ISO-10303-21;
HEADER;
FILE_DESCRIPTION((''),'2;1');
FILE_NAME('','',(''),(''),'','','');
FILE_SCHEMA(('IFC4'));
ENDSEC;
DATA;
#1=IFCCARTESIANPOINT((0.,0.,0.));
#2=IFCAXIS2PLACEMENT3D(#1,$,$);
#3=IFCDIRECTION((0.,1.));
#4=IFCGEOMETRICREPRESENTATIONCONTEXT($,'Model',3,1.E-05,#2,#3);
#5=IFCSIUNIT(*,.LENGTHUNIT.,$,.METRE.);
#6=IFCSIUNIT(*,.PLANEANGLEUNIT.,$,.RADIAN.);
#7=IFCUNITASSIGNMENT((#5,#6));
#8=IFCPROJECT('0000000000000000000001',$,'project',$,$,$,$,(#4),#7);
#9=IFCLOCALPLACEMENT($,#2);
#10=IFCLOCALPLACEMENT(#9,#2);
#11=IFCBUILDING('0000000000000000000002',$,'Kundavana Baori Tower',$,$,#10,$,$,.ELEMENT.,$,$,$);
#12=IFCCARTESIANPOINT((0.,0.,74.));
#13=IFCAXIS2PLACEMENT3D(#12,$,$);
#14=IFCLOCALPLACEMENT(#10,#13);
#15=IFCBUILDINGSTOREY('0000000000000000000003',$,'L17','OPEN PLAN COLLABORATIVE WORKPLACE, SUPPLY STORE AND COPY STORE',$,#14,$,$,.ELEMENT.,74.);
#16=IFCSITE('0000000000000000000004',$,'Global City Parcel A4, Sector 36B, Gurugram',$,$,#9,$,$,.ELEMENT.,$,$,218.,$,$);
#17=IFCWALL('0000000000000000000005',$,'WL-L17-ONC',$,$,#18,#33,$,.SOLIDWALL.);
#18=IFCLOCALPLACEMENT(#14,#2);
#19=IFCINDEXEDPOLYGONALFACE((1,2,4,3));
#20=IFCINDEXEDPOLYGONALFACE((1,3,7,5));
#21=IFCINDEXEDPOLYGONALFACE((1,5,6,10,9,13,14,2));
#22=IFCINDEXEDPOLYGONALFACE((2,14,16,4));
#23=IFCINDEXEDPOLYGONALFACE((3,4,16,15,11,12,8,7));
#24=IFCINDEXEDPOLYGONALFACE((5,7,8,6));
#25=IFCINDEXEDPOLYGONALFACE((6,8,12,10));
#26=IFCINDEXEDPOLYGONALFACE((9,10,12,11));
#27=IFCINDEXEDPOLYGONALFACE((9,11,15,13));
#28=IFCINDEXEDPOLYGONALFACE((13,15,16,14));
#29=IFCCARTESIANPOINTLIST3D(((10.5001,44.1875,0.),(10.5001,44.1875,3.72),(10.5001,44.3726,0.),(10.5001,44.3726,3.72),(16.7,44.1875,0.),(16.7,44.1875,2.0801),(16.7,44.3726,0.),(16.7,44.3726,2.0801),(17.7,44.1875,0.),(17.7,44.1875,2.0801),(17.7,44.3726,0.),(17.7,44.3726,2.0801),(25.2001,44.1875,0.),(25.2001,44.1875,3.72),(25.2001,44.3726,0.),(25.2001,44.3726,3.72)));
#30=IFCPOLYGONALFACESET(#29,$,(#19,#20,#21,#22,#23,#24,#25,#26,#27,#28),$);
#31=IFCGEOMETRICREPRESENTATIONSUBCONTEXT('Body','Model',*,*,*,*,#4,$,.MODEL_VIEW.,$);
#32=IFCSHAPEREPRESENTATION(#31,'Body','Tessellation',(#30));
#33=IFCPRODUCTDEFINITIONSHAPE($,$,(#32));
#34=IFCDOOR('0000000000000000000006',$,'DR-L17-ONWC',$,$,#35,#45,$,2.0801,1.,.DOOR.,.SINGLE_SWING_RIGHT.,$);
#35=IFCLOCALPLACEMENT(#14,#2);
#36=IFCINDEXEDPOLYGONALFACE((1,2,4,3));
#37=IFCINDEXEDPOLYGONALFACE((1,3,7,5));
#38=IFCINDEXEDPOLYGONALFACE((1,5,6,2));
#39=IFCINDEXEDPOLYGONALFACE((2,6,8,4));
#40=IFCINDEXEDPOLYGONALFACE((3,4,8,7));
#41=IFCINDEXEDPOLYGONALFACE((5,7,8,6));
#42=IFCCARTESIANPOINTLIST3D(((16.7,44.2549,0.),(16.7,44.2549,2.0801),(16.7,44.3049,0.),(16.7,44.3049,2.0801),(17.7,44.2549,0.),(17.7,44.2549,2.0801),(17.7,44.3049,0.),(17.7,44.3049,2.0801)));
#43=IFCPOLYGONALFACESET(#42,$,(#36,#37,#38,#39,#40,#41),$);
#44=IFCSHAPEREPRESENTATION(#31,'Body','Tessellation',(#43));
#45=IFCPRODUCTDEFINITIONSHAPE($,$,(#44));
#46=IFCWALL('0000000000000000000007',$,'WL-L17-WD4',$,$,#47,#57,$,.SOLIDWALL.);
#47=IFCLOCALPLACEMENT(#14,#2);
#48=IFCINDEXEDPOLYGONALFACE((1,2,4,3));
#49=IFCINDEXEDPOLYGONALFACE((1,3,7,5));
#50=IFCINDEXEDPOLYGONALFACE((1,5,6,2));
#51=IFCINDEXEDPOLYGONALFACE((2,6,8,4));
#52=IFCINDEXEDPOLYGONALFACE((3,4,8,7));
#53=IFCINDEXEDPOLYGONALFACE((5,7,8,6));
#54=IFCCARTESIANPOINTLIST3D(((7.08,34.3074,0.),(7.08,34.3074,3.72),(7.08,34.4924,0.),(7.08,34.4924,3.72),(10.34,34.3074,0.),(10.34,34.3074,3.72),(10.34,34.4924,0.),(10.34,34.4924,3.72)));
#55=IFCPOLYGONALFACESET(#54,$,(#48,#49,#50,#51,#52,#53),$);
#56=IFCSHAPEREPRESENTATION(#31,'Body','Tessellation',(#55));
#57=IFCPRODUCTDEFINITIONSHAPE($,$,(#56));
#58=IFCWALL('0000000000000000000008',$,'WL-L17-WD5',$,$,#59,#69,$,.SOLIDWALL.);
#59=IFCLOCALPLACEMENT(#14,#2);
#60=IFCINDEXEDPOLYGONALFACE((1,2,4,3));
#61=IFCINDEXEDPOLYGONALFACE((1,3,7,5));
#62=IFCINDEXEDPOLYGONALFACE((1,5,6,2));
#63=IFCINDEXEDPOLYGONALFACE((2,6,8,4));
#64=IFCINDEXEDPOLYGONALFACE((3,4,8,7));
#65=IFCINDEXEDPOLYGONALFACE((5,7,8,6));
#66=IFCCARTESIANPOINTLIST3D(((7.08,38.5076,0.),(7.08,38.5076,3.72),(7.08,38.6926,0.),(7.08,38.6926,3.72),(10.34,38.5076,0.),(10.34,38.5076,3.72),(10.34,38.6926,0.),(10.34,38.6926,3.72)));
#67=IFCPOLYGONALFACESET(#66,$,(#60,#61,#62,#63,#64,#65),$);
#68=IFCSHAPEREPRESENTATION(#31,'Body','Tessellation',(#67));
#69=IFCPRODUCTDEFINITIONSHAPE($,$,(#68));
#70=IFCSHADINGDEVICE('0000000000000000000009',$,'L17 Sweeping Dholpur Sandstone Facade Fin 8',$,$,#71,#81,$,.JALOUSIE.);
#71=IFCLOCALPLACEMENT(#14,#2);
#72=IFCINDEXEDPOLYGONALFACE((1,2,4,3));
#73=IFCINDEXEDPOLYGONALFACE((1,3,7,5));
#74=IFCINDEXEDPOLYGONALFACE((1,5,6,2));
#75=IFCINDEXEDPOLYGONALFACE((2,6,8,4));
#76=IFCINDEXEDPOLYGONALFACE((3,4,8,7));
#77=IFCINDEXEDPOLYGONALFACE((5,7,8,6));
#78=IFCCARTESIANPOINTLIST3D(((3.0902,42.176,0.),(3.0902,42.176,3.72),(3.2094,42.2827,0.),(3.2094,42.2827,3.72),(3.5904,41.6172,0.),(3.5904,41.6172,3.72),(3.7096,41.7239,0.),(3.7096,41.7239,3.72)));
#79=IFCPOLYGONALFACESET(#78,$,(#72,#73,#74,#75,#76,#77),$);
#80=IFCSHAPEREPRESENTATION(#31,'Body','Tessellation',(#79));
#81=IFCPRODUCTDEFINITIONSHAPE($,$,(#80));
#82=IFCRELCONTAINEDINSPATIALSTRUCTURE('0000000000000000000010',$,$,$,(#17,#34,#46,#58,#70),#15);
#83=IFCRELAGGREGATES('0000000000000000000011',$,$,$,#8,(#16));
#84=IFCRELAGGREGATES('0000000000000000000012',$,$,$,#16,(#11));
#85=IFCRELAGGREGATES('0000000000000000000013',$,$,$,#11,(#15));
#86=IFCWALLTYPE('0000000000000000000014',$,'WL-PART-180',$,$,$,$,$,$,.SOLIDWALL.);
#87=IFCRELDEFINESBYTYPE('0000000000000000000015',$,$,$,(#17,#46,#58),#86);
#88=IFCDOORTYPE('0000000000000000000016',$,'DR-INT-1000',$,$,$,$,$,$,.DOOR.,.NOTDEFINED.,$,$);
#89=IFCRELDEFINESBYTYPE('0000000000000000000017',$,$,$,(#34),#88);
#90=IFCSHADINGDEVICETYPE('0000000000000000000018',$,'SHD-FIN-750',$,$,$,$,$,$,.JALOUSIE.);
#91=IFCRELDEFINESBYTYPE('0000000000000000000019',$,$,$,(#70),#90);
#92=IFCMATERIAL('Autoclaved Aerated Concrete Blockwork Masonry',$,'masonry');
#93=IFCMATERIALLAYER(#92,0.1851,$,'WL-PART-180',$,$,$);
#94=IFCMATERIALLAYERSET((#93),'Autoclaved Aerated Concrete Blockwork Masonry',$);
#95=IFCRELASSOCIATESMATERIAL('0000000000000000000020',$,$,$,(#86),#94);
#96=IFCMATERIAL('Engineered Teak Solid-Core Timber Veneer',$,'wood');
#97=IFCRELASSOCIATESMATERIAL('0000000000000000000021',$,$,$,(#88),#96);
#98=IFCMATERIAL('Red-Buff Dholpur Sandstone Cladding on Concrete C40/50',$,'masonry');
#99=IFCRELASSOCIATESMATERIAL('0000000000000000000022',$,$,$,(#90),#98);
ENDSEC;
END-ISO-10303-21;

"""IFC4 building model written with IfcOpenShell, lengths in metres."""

from ifc_helpers import new_model, si_unit, direction, frame, frame_2d, origin, origin_2d, place, context, subcontext, project, spatial, rectangle, extrude, material, layer, layer_set, type_object, element, fill, save


model = new_model("IFC4")

# Units and contexts
model_context = context("Model", 3, precision=1e-05, world=origin(), true_north=direction((0.0, 1.0)))
body_context = subcontext(model_context, "Body", "Model", "MODEL_VIEW")
ifc_project = project(units=[si_unit("LENGTHUNIT", "METRE"), si_unit("PLANEANGLEUNIT", "RADIAN")], contexts=[model_context])

# Site, building, storey
site_placement = place(None, origin())
site = spatial("IfcSite", under=ifc_project, at=site_placement, Name="Global City Parcel A4, Sector 36B, Gurugram", CompositionType="ELEMENT", RefElevation=218.0)
building_placement = place(site_placement, origin())
building = spatial("IfcBuilding", under=site, at=building_placement, Name="Kundavana Baori Tower", CompositionType="ELEMENT")
storey_placement = place(building_placement, frame((0.0, 0.0, 74.0)))
storey = spatial("IfcBuildingStorey", under=building, at=storey_placement, Name="L17", Description="OPEN PLAN COLLABORATIVE WORKPLACE, SUPPLY STORE AND COPY STORE", CompositionType="ELEMENT", Elevation=74.0)

# Shared definitions
ifc_material_1 = material(Name="Autoclaved Aerated Concrete Blockwork Masonry", Category="masonry")
ifc_layer_1 = layer(ifc_material_1, 0.1851, Name="WL-PART-180")
ifc_layer_set_1 = layer_set([ifc_layer_1], Name="Autoclaved Aerated Concrete Blockwork Masonry")
wall_type_1 = type_object("IfcWallType", Name="WL-PART-180", PredefinedType="SOLIDWALL", material=ifc_layer_set_1)

# Wall, opening, door
wall_1_placement = place(storey_placement, frame((10.5, 44.28, 0.0), z_axis=(0.0, 0.0, 1.0), x_axis=(1.0, 0.0, 0.0)))
wall_1 = element("IfcWall", 1, at=wall_1_placement, inside=storey, type_object=wall_type_1, Name="WL-L17-ONC", PredefinedType="SOLIDWALL", context=body_context, shape_type="SweptSolid", body=[
    extrude(rectangle(XDim=14.7, YDim=0.1851, at=frame_2d((7.3501, 0.0))), origin(), (0.0, 0.0, 1.0), 3.72),
])
opening_1_placement = place(wall_1_placement, frame((6.2, 0.0, 0.0)))
opening_1 = element("IfcOpeningElement", 2, at=opening_1_placement, cuts=wall_1, PredefinedType="OPENING", context=body_context, shape_type="SweptSolid", body=[
    extrude(rectangle(XDim=1.0, YDim=2.0801, at=frame_2d((0.5, 1.04))), frame((0.0, 0.1025, 0.0), z_axis=(0.0, -1.0, 0.0), x_axis=(1.0, 0.0, 0.0)), (0.0, 0.0, 1.0), 0.2051),
])
ifc_material_2 = material(Name="Engineered Teak Solid-Core Timber Veneer", Category="wood")
door_type_1 = type_object("IfcDoorType", Name="DR-INT-1000", OperationType="NOTDEFINED", PredefinedType="DOOR", material=ifc_material_2)
door_1_placement = place(opening_1_placement, origin())
door_1 = element("IfcDoor", 3, at=door_1_placement, inside=storey, type_object=door_type_1, Name="DR-L17-ONWC", OperationType="SINGLE_SWING_RIGHT", OverallHeight=2.0801, OverallWidth=1.0, PredefinedType="DOOR", context=body_context, shape_type="SweptSolid", body=[
    extrude(rectangle(XDim=1.0, YDim=2.0801, at=frame_2d((0.5, 1.04))), frame((0.0, 0.0249, 0.0), z_axis=(0.0, -1.0, 0.0), x_axis=(1.0, 0.0, 0.0)), (0.0, 0.0, 1.0), 0.05),
])
fill(opening_1, door_1)

# Walls
for number, where, z_axis, x_axis, name in (
    (4, (7.0801, 34.3999, 0.0), (0.0, 0.0, 1.0), (1.0, 0.0, 0.0), "WL-L17-WD4"),
    (5, (7.0801, 38.6001, 0.0), (0.0, 0.0, 1.0), (1.0, 0.0, 0.0), "WL-L17-WD5"),
):
    element("IfcWall", number, at=place(storey_placement, frame(where, z_axis=z_axis, x_axis=x_axis)), inside=storey, type_object=wall_type_1, Name=name, PredefinedType="SOLIDWALL", context=body_context, shape_type="SweptSolid", body=[
        extrude(rectangle(XDim=3.26, YDim=0.1851, at=frame_2d((1.6299, 0.0))), origin(), (0.0, 0.0, 1.0), 3.72),
    ])

# Shading device
ifc_material_3 = material(Name="Red-Buff Dholpur Sandstone Cladding on Concrete C40/50", Category="masonry")
shading_device_type = type_object("IfcShadingDeviceType", Name="SHD-FIN-750", PredefinedType="JALOUSIE", material=ifc_material_3)
shading_device_placement = place(storey_placement, frame((3.3999, 41.95, 0.0), z_axis=(0.0, 0.0, 1.0), x_axis=(0.745127, 0.666923, 0.0)))
element("IfcShadingDevice", 6, at=shading_device_placement, inside=storey, type_object=shading_device_type, Name="L17 Sweeping Dholpur Sandstone Facade Fin 8", PredefinedType="JALOUSIE", context=body_context, shape_type="SweptSolid", body=[
    extrude(rectangle(XDim=0.1599, YDim=0.75, at=origin_2d()), origin(), (0.0, 0.0, 1.0), 3.72),
])

save(model, "model.ifc")
